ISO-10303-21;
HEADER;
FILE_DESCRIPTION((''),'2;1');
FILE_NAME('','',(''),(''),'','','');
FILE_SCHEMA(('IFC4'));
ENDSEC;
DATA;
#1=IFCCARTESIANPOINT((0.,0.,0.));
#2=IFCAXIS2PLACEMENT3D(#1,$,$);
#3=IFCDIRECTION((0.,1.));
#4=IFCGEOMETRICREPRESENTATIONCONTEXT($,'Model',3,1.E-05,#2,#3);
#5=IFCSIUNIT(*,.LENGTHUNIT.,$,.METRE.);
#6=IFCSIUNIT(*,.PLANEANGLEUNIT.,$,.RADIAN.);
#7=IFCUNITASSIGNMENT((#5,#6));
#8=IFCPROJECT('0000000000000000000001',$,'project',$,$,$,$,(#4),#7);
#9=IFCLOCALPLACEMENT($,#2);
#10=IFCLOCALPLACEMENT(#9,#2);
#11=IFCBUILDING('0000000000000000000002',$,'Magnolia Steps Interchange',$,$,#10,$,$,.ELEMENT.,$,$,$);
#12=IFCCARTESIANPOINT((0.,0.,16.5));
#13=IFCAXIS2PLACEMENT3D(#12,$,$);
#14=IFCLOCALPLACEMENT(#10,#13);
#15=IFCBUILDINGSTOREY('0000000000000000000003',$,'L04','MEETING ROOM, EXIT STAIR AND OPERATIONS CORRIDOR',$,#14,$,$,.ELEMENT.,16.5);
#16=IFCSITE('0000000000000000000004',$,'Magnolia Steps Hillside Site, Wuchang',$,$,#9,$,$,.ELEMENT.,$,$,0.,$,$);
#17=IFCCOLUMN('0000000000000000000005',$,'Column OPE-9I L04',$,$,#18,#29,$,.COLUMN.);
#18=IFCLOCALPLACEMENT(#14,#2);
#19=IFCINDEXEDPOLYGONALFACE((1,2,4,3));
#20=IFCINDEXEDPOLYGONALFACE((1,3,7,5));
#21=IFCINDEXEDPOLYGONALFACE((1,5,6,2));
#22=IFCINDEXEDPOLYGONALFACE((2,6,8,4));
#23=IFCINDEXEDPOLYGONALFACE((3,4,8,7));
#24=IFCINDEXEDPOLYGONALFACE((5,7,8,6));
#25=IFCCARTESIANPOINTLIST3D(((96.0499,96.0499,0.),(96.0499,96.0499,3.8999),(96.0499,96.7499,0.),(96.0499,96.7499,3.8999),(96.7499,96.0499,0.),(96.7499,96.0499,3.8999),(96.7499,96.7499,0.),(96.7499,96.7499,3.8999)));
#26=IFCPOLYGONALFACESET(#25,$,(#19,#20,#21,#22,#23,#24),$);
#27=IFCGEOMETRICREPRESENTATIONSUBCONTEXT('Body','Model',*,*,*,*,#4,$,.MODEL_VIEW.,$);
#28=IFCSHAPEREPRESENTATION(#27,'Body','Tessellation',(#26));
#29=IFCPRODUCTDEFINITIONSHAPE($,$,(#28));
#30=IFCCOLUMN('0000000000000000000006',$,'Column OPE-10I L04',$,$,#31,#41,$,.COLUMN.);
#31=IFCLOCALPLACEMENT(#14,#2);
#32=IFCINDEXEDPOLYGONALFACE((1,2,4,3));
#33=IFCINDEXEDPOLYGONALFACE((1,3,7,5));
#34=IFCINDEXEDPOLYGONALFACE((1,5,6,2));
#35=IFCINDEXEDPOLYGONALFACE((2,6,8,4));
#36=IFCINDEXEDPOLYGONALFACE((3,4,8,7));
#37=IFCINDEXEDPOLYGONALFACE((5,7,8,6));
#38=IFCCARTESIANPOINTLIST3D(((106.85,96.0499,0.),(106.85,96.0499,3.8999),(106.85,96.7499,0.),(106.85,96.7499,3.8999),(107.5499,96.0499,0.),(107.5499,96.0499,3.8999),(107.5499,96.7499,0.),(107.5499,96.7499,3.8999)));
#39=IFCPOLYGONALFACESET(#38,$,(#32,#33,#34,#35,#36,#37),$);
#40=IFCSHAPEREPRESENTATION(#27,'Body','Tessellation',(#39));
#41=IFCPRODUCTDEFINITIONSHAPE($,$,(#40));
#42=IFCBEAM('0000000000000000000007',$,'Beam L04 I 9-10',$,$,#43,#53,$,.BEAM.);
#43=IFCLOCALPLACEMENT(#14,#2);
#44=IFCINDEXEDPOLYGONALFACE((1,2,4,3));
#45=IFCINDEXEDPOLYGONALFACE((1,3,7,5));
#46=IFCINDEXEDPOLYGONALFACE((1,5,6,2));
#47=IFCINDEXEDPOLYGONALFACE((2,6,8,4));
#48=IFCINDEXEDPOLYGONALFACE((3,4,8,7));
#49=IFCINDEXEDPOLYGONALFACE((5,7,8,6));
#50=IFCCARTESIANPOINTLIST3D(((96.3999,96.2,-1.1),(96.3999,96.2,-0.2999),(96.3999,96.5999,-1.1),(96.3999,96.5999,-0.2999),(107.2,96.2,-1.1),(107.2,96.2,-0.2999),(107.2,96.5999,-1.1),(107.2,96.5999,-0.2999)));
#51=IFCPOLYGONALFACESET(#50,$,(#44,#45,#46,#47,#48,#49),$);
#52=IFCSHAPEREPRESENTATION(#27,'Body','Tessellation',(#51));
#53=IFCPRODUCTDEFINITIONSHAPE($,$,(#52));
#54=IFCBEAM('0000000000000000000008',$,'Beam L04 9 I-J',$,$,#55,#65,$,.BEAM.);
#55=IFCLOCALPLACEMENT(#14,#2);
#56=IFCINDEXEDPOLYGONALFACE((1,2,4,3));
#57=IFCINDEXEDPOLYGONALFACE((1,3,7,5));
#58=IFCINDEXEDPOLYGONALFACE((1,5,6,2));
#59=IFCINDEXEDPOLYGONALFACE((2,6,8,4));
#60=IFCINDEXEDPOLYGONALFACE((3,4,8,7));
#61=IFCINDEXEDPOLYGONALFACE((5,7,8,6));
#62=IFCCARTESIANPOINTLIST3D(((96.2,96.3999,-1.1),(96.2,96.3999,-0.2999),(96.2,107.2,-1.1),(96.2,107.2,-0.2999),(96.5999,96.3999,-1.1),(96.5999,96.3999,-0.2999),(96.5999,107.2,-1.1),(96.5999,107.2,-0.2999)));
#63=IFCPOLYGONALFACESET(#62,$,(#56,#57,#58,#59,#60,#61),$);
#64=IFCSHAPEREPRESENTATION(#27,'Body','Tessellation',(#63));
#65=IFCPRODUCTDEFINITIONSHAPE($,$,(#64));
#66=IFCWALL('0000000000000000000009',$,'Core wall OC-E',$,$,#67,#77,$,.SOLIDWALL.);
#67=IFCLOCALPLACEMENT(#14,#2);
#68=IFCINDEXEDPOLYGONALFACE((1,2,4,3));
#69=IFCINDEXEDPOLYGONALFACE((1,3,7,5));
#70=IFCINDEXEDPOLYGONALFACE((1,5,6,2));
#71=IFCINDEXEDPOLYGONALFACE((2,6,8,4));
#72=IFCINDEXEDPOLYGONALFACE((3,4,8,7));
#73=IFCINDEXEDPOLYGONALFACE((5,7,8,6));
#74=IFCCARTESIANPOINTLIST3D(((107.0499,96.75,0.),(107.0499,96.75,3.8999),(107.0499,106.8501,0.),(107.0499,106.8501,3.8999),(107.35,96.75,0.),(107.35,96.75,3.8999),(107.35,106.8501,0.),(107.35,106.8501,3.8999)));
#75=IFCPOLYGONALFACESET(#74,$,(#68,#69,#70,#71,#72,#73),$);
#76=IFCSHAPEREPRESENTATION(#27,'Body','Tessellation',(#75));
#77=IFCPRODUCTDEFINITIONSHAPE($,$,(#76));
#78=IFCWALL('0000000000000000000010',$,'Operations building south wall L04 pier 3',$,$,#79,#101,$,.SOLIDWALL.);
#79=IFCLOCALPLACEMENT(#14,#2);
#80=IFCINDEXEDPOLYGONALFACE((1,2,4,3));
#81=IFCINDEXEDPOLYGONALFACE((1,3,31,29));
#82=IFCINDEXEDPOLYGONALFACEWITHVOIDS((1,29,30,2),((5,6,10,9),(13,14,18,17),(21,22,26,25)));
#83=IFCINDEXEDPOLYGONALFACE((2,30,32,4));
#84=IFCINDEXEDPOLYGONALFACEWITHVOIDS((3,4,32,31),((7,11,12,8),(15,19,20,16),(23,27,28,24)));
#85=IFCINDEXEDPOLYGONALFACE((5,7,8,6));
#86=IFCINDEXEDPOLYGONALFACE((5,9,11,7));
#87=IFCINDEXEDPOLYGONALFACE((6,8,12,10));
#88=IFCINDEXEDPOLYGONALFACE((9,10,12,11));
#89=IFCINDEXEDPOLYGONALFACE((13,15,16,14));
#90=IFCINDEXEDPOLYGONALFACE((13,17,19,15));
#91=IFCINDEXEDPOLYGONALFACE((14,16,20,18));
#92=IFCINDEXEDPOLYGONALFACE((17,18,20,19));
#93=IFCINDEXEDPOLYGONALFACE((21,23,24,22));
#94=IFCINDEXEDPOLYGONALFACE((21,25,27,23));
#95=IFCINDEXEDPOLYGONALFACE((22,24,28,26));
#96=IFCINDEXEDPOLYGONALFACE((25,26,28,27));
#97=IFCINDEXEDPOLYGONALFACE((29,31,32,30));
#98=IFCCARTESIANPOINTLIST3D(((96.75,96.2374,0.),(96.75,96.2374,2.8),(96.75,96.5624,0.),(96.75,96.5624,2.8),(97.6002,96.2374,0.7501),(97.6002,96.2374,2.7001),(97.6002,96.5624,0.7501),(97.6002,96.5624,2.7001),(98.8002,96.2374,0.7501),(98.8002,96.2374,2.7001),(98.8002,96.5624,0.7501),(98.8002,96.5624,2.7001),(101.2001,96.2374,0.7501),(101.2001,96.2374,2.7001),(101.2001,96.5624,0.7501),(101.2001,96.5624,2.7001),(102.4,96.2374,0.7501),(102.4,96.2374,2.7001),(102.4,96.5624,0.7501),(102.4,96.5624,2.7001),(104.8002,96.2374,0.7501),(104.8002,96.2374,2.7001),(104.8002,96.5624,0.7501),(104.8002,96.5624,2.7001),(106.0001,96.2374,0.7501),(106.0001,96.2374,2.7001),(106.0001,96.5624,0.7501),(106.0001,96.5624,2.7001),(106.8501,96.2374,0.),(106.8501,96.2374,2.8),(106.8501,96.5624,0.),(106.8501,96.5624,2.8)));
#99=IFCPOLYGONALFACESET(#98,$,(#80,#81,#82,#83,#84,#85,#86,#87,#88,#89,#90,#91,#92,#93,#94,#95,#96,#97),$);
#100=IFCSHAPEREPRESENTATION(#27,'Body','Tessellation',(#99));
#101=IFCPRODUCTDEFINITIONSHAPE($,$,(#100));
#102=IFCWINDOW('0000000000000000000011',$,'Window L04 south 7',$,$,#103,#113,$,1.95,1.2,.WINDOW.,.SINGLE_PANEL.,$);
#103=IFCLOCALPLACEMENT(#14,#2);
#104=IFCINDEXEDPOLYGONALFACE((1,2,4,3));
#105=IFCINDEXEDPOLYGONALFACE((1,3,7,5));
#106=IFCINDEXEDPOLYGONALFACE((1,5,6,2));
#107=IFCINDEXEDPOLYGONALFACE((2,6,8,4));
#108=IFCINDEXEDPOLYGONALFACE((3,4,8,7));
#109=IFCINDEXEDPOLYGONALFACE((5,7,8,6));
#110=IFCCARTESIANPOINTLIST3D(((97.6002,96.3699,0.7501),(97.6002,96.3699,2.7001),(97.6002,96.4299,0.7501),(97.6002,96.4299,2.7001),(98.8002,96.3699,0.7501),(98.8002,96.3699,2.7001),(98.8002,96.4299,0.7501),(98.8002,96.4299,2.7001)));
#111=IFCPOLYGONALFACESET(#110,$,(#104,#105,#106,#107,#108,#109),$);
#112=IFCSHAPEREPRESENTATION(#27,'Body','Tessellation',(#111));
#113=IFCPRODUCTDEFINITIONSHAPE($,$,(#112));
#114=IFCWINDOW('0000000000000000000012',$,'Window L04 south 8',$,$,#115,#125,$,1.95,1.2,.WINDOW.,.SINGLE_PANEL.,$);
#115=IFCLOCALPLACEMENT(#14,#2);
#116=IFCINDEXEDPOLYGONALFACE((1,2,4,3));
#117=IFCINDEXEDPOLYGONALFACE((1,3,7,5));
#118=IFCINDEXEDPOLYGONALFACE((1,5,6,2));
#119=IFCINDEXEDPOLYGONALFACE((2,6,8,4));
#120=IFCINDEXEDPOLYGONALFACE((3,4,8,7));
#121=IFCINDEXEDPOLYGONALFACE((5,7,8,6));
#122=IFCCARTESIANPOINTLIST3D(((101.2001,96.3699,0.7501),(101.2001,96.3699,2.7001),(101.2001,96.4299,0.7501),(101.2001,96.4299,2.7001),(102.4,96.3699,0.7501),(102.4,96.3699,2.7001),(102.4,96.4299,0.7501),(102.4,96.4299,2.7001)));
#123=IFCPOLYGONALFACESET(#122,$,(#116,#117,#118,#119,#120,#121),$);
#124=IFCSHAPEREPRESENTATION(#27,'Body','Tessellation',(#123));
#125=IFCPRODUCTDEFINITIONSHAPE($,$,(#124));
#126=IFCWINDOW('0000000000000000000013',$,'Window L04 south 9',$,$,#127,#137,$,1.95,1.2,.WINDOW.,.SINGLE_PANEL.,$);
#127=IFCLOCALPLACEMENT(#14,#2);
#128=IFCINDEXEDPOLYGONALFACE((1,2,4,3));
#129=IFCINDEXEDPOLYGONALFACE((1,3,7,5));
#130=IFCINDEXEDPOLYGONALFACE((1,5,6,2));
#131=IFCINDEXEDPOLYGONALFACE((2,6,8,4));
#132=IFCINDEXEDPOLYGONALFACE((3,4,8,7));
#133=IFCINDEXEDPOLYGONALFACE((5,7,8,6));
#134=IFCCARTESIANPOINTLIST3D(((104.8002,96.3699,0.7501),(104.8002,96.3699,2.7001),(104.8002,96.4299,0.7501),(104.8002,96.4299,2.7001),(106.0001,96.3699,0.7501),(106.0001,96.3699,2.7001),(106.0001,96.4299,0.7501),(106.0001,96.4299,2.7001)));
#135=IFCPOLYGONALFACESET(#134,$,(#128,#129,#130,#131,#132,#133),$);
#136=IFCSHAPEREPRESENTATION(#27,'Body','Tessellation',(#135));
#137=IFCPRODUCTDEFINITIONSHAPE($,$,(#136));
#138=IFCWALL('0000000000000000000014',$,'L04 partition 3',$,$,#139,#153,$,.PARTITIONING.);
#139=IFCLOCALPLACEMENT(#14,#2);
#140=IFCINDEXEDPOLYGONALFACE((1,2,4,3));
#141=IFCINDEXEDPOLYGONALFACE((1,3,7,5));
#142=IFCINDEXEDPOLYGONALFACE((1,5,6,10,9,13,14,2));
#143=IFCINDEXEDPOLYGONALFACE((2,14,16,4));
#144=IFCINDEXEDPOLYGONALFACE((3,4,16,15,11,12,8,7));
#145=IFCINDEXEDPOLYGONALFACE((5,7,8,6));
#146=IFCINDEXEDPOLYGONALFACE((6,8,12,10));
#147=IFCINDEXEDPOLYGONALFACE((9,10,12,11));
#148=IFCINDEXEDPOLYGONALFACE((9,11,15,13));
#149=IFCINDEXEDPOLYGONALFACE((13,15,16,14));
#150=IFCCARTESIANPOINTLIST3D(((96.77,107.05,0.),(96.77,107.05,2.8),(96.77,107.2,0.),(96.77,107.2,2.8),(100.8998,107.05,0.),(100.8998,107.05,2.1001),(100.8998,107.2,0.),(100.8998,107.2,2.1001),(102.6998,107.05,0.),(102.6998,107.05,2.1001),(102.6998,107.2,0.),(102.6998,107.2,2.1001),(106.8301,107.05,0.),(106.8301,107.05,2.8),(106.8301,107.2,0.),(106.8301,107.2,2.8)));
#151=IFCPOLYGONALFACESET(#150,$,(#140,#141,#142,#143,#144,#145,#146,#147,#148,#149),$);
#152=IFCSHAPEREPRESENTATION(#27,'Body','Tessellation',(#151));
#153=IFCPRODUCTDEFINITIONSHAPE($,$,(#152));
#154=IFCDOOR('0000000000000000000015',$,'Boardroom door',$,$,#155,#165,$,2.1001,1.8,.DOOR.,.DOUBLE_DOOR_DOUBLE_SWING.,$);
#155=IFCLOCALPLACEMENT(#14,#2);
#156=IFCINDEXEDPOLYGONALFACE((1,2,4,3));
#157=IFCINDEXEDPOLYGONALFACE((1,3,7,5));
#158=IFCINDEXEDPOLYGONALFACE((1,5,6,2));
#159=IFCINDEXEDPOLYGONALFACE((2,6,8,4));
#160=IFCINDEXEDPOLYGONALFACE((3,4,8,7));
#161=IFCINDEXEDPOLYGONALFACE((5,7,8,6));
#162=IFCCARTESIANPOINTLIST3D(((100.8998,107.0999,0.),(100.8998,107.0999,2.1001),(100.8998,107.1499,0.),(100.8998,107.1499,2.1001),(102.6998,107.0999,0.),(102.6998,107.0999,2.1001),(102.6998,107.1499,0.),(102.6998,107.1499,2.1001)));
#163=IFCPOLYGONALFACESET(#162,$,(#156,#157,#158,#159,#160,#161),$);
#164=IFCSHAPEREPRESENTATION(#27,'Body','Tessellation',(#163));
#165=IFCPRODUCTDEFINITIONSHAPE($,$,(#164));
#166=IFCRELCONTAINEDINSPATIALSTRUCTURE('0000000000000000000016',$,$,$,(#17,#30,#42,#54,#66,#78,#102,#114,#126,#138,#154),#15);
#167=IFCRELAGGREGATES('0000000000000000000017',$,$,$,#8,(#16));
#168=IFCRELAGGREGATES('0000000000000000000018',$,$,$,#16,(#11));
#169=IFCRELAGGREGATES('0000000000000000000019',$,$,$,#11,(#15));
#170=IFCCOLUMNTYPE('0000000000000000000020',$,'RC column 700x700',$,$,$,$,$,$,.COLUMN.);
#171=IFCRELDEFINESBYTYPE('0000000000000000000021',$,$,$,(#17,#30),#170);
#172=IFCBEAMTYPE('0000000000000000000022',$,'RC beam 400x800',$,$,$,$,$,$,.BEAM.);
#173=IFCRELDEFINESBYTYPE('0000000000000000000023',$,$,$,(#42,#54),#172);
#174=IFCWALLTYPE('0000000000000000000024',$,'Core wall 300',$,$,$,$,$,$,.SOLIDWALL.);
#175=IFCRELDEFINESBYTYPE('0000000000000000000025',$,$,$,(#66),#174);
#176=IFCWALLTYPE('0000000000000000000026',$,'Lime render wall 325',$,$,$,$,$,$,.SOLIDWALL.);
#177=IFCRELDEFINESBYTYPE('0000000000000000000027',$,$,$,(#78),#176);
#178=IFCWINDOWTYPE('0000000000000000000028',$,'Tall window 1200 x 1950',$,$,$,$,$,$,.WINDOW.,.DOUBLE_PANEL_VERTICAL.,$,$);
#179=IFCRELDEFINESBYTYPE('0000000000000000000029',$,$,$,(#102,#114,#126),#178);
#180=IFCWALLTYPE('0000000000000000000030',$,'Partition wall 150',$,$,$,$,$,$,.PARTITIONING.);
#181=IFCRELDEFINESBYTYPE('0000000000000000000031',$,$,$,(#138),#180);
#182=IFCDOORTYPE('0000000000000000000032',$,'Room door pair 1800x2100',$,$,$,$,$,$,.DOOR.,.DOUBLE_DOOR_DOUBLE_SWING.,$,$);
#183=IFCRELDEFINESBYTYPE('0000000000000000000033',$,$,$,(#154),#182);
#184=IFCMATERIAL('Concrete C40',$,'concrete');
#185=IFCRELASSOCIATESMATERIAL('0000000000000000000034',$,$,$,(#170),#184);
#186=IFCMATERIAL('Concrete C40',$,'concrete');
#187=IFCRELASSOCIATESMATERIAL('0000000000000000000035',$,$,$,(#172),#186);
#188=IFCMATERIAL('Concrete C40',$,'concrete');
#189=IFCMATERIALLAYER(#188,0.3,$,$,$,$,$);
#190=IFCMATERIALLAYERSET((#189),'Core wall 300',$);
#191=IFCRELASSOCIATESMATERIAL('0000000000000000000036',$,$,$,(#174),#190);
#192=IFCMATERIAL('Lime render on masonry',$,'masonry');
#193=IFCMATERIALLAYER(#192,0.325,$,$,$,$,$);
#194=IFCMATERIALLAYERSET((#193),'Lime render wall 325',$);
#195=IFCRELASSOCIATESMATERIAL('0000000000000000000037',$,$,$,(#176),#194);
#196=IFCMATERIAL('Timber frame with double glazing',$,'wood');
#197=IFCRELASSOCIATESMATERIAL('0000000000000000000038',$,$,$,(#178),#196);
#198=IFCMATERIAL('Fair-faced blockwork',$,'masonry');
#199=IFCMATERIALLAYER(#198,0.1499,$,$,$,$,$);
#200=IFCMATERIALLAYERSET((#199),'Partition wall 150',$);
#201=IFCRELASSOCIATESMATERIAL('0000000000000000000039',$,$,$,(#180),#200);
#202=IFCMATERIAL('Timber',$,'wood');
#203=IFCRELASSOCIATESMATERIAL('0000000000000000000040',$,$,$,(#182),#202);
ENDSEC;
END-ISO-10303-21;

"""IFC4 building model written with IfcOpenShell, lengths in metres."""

from ifc_helpers import new_model, si_unit, direction, frame, frame_2d, origin, origin_2d, place, context, subcontext, project, spatial, rectangle, extrude, material, layer, layer_set, material_profile, profile_set, type_object, element, fill, save


model = new_model("IFC4")

# Units and contexts
model_context = context("Model", 3, precision=1e-05, world=origin(), true_north=direction((0.0, 1.0)))
body_context = subcontext(model_context, "Body", "Model", "MODEL_VIEW")
ifc_project = project(units=[si_unit("LENGTHUNIT", "METRE"), si_unit("PLANEANGLEUNIT", "RADIAN")], contexts=[model_context])

# Site, building, storey
site_placement = place(None, origin())
site = spatial("IfcSite", under=ifc_project, at=site_placement, Name="Magnolia Steps Hillside Site, Wuchang", CompositionType="ELEMENT", RefElevation=0.0)
building_placement = place(site_placement, origin())
building = spatial("IfcBuilding", under=site, at=building_placement, Name="Magnolia Steps Interchange", CompositionType="ELEMENT")
storey_placement = place(building_placement, frame((0.0, 0.0, 16.5)))
storey = spatial("IfcBuildingStorey", under=building, at=storey_placement, Name="L04", Description="MEETING ROOM, EXIT STAIR AND OPERATIONS CORRIDOR", CompositionType="ELEMENT", Elevation=16.5)

# Columns
ifc_material_1 = material(Name="Concrete C40", Category="concrete")
ifc_material_profile_1 = material_profile(ifc_material_1, rectangle(XDim=0.7, YDim=0.7, at=origin_2d()), Name="RC700x700")
ifc_profile_set_1 = profile_set([ifc_material_profile_1], Name="Concrete C40")
column_type = type_object("IfcColumnType", Name="RC column 700x700", PredefinedType="COLUMN", material=ifc_profile_set_1)
for number, where, z_axis, x_axis, name in (
    (1, (96.3999, 96.3999, 0.0), (0.0, 0.0, 1.0), (1.0, 0.0, 0.0), "Column OPE-9I L04"),
    (2, (107.2, 96.3999, 0.0), (0.0, 0.0, 1.0), (1.0, 0.0, 0.0), "Column OPE-10I L04"),
):
    element("IfcColumn", number, at=place(storey_placement, frame(where, z_axis=z_axis, x_axis=x_axis)), inside=storey, type_object=column_type, Name=name, PredefinedType="COLUMN", context=body_context, shape_type="SweptSolid", body=[
        extrude(rectangle(XDim=0.7, YDim=0.7, at=origin_2d()), origin(), (0.0, 0.0, 1.0), 3.8999),
    ])

# Beams
ifc_material_2 = material(Name="Concrete C40", Category="concrete")
ifc_material_profile_2 = material_profile(ifc_material_2, rectangle(XDim=0.3999, YDim=0.8, at=origin_2d()), Name="RC400x800")
ifc_profile_set_2 = profile_set([ifc_material_profile_2], Name="Concrete C40")
beam_type = type_object("IfcBeamType", Name="RC beam 400x800", PredefinedType="BEAM", material=ifc_profile_set_2)
for number, where, z_axis, x_axis, name in (
    (3, (96.3999, 96.3999, -0.7), (1.0, 0.0, 0.0), (0.0, 1.0, 0.0), "Beam L04 I 9-10"),
    (4, (96.3999, 96.3999, -0.7), (0.0, 1.0, 0.0), (-1.0, 0.0, 0.0), "Beam L04 9 I-J"),
):
    element("IfcBeam", number, at=place(storey_placement, frame(where, z_axis=z_axis, x_axis=x_axis)), inside=storey, type_object=beam_type, Name=name, PredefinedType="BEAM", context=body_context, shape_type="SweptSolid", body=[
        extrude(rectangle(XDim=0.3999, YDim=0.8, at=origin_2d()), origin(), (0.0, 0.0, 1.0), 10.8),
    ])

# Wall
ifc_material_3 = material(Name="Concrete C40", Category="concrete")
ifc_layer_1 = layer(ifc_material_3, 0.3)
ifc_layer_set_1 = layer_set([ifc_layer_1], Name="Core wall 300")
wall_type_1 = type_object("IfcWallType", Name="Core wall 300", PredefinedType="SOLIDWALL", material=ifc_layer_set_1)
wall_1_placement = place(storey_placement, frame((107.2, 106.8501, 0.0), z_axis=(0.0, 0.0, 1.0), x_axis=(0.0, -1.0, 0.0)))
element("IfcWall", 5, at=wall_1_placement, inside=storey, type_object=wall_type_1, Name="Core wall OC-E", PredefinedType="SOLIDWALL", context=body_context, shape_type="SweptSolid", body=[
    extrude(rectangle(XDim=10.1001, YDim=0.3, at=frame_2d((5.05, 0.0))), origin(), (0.0, 0.0, 1.0), 3.8999),
])

# Wall, openings, windows
ifc_material_4 = material(Name="Lime render on masonry", Category="masonry")
ifc_layer_2 = layer(ifc_material_4, 0.325)
ifc_layer_set_2 = layer_set([ifc_layer_2], Name="Lime render wall 325")
wall_type_2 = type_object("IfcWallType", Name="Lime render wall 325", PredefinedType="SOLIDWALL", material=ifc_layer_set_2)
wall_2_placement = place(storey_placement, frame((96.75, 96.3999, 0.0), z_axis=(0.0, 0.0, 1.0), x_axis=(1.0, 0.0, 0.0)))
wall_2 = element("IfcWall", 6, at=wall_2_placement, inside=storey, type_object=wall_type_2, Name="Operations building south wall L04 pier 3", PredefinedType="SOLIDWALL", context=body_context, shape_type="SweptSolid", body=[
    extrude(rectangle(XDim=10.1001, YDim=0.325, at=frame_2d((5.05, 0.0))), origin(), (0.0, 0.0, 1.0), 2.8),
])
opening_1_placement = place(wall_2_placement, frame((0.8501, 0.0, 0.75)))
opening_1 = element("IfcOpeningElement", 7, at=opening_1_placement, cuts=wall_2, PredefinedType="OPENING", context=body_context, shape_type="SweptSolid", body=[
    extrude(rectangle(XDim=1.2, YDim=1.95, at=frame_2d((0.6001, 0.9751))), frame((0.0, 0.1724, 0.0), z_axis=(0.0, -1.0, 0.0), x_axis=(1.0, 0.0, 0.0)), (0.0, 0.0, 1.0), 0.345),
])
opening_2_placement = place(wall_2_placement, frame((4.45, 0.0, 0.75)))
opening_2 = element("IfcOpeningElement", 8, at=opening_2_placement, cuts=wall_2, PredefinedType="OPENING", context=body_context, shape_type="SweptSolid", body=[
    extrude(rectangle(XDim=1.2, YDim=1.95, at=frame_2d((0.6001, 0.9751))), frame((0.0, 0.1724, 0.0), z_axis=(0.0, -1.0, 0.0), x_axis=(1.0, 0.0, 0.0)), (0.0, 0.0, 1.0), 0.345),
])
opening_3_placement = place(wall_2_placement, frame((8.05, 0.0, 0.75)))
opening_3 = element("IfcOpeningElement", 9, at=opening_3_placement, cuts=wall_2, PredefinedType="OPENING", context=body_context, shape_type="SweptSolid", body=[
    extrude(rectangle(XDim=1.2, YDim=1.95, at=frame_2d((0.6001, 0.9751))), frame((0.0, 0.1724, 0.0), z_axis=(0.0, -1.0, 0.0), x_axis=(1.0, 0.0, 0.0)), (0.0, 0.0, 1.0), 0.345),
])
ifc_material_5 = material(Name="Timber frame with double glazing", Category="wood")
window_type = type_object("IfcWindowType", Name="Tall window 1200 x 1950", PartitioningType="DOUBLE_PANEL_VERTICAL", PredefinedType="WINDOW", material=ifc_material_5)
window_1_placement = place(opening_1_placement, origin())
window_1 = element("IfcWindow", 10, at=window_1_placement, inside=storey, type_object=window_type, Name="Window L04 south 7", OverallHeight=1.95, OverallWidth=1.2, PartitioningType="SINGLE_PANEL", PredefinedType="WINDOW", context=body_context, shape_type="SweptSolid", body=[
    extrude(rectangle(XDim=1.2, YDim=1.95, at=frame_2d((0.6001, 0.9751))), frame((0.0, 0.03, 0.0), z_axis=(0.0, -1.0, 0.0), x_axis=(1.0, 0.0, 0.0)), (0.0, 0.0, 1.0), 0.0601),
])
fill(opening_1, window_1)
window_2_placement = place(opening_2_placement, origin())
window_2 = element("IfcWindow", 11, at=window_2_placement, inside=storey, type_object=window_type, Name="Window L04 south 8", OverallHeight=1.95, OverallWidth=1.2, PartitioningType="SINGLE_PANEL", PredefinedType="WINDOW", context=body_context, shape_type="SweptSolid", body=[
    extrude(rectangle(XDim=1.2, YDim=1.95, at=frame_2d((0.6001, 0.9751))), frame((0.0, 0.03, 0.0), z_axis=(0.0, -1.0, 0.0), x_axis=(1.0, 0.0, 0.0)), (0.0, 0.0, 1.0), 0.0601),
])
fill(opening_2, window_2)
window_3_placement = place(opening_3_placement, origin())
window_3 = element("IfcWindow", 12, at=window_3_placement, inside=storey, type_object=window_type, Name="Window L04 south 9", OverallHeight=1.95, OverallWidth=1.2, PartitioningType="SINGLE_PANEL", PredefinedType="WINDOW", context=body_context, shape_type="SweptSolid", body=[
    extrude(rectangle(XDim=1.2, YDim=1.95, at=frame_2d((0.6001, 0.9751))), frame((0.0, 0.03, 0.0), z_axis=(0.0, -1.0, 0.0), x_axis=(1.0, 0.0, 0.0)), (0.0, 0.0, 1.0), 0.0601),
])
fill(opening_3, window_3)

# Wall, opening, door
ifc_material_6 = material(Name="Fair-faced blockwork", Category="masonry")
ifc_layer_3 = layer(ifc_material_6, 0.1499)
ifc_layer_set_3 = layer_set([ifc_layer_3], Name="Partition wall 150")
wall_type_3 = type_object("IfcWallType", Name="Partition wall 150", PredefinedType="PARTITIONING", material=ifc_layer_set_3)
wall_3_placement = place(storey_placement, frame((96.77, 107.125, 0.0), z_axis=(0.0, 0.0, 1.0), x_axis=(1.0, 0.0, 0.0)))
wall_3 = element("IfcWall", 13, at=wall_3_placement, inside=storey, type_object=wall_type_3, Name="L04 partition 3", PredefinedType="PARTITIONING", context=body_context, shape_type="SweptSolid", body=[
    extrude(rectangle(XDim=10.0601, YDim=0.1499, at=frame_2d((5.03, 0.0))), origin(), (0.0, 0.0, 1.0), 2.8),
])
opening_4_placement = place(wall_3_placement, frame((4.1299, 0.0, 0.0)))
opening_4 = element("IfcOpeningElement", 14, at=opening_4_placement, cuts=wall_3, PredefinedType="OPENING", context=body_context, shape_type="SweptSolid", body=[
    extrude(rectangle(XDim=1.8, YDim=2.1001, at=frame_2d((0.8999, 1.05))), frame((0.0, 0.085, 0.0), z_axis=(0.0, -1.0, 0.0), x_axis=(1.0, 0.0, 0.0)), (0.0, 0.0, 1.0), 0.1699),
])
ifc_material_7 = material(Name="Timber", Category="wood")
door_type = type_object("IfcDoorType", Name="Room door pair 1800x2100", OperationType="DOUBLE_DOOR_DOUBLE_SWING", PredefinedType="DOOR", material=ifc_material_7)
door_placement = place(opening_4_placement, origin())
door = element("IfcDoor", 15, at=door_placement, inside=storey, type_object=door_type, Name="Boardroom door", OperationType="DOUBLE_DOOR_DOUBLE_SWING", OverallHeight=2.1001, OverallWidth=1.8, PredefinedType="DOOR", context=body_context, shape_type="SweptSolid", body=[
    extrude(rectangle(XDim=1.8, YDim=2.1001, at=frame_2d((0.8999, 1.05))), frame((0.0, 0.0249, 0.0), z_axis=(0.0, -1.0, 0.0), x_axis=(1.0, 0.0, 0.0)), (0.0, 0.0, 1.0), 0.05),
])
fill(opening_4, door)

save(model, "model.ifc")
